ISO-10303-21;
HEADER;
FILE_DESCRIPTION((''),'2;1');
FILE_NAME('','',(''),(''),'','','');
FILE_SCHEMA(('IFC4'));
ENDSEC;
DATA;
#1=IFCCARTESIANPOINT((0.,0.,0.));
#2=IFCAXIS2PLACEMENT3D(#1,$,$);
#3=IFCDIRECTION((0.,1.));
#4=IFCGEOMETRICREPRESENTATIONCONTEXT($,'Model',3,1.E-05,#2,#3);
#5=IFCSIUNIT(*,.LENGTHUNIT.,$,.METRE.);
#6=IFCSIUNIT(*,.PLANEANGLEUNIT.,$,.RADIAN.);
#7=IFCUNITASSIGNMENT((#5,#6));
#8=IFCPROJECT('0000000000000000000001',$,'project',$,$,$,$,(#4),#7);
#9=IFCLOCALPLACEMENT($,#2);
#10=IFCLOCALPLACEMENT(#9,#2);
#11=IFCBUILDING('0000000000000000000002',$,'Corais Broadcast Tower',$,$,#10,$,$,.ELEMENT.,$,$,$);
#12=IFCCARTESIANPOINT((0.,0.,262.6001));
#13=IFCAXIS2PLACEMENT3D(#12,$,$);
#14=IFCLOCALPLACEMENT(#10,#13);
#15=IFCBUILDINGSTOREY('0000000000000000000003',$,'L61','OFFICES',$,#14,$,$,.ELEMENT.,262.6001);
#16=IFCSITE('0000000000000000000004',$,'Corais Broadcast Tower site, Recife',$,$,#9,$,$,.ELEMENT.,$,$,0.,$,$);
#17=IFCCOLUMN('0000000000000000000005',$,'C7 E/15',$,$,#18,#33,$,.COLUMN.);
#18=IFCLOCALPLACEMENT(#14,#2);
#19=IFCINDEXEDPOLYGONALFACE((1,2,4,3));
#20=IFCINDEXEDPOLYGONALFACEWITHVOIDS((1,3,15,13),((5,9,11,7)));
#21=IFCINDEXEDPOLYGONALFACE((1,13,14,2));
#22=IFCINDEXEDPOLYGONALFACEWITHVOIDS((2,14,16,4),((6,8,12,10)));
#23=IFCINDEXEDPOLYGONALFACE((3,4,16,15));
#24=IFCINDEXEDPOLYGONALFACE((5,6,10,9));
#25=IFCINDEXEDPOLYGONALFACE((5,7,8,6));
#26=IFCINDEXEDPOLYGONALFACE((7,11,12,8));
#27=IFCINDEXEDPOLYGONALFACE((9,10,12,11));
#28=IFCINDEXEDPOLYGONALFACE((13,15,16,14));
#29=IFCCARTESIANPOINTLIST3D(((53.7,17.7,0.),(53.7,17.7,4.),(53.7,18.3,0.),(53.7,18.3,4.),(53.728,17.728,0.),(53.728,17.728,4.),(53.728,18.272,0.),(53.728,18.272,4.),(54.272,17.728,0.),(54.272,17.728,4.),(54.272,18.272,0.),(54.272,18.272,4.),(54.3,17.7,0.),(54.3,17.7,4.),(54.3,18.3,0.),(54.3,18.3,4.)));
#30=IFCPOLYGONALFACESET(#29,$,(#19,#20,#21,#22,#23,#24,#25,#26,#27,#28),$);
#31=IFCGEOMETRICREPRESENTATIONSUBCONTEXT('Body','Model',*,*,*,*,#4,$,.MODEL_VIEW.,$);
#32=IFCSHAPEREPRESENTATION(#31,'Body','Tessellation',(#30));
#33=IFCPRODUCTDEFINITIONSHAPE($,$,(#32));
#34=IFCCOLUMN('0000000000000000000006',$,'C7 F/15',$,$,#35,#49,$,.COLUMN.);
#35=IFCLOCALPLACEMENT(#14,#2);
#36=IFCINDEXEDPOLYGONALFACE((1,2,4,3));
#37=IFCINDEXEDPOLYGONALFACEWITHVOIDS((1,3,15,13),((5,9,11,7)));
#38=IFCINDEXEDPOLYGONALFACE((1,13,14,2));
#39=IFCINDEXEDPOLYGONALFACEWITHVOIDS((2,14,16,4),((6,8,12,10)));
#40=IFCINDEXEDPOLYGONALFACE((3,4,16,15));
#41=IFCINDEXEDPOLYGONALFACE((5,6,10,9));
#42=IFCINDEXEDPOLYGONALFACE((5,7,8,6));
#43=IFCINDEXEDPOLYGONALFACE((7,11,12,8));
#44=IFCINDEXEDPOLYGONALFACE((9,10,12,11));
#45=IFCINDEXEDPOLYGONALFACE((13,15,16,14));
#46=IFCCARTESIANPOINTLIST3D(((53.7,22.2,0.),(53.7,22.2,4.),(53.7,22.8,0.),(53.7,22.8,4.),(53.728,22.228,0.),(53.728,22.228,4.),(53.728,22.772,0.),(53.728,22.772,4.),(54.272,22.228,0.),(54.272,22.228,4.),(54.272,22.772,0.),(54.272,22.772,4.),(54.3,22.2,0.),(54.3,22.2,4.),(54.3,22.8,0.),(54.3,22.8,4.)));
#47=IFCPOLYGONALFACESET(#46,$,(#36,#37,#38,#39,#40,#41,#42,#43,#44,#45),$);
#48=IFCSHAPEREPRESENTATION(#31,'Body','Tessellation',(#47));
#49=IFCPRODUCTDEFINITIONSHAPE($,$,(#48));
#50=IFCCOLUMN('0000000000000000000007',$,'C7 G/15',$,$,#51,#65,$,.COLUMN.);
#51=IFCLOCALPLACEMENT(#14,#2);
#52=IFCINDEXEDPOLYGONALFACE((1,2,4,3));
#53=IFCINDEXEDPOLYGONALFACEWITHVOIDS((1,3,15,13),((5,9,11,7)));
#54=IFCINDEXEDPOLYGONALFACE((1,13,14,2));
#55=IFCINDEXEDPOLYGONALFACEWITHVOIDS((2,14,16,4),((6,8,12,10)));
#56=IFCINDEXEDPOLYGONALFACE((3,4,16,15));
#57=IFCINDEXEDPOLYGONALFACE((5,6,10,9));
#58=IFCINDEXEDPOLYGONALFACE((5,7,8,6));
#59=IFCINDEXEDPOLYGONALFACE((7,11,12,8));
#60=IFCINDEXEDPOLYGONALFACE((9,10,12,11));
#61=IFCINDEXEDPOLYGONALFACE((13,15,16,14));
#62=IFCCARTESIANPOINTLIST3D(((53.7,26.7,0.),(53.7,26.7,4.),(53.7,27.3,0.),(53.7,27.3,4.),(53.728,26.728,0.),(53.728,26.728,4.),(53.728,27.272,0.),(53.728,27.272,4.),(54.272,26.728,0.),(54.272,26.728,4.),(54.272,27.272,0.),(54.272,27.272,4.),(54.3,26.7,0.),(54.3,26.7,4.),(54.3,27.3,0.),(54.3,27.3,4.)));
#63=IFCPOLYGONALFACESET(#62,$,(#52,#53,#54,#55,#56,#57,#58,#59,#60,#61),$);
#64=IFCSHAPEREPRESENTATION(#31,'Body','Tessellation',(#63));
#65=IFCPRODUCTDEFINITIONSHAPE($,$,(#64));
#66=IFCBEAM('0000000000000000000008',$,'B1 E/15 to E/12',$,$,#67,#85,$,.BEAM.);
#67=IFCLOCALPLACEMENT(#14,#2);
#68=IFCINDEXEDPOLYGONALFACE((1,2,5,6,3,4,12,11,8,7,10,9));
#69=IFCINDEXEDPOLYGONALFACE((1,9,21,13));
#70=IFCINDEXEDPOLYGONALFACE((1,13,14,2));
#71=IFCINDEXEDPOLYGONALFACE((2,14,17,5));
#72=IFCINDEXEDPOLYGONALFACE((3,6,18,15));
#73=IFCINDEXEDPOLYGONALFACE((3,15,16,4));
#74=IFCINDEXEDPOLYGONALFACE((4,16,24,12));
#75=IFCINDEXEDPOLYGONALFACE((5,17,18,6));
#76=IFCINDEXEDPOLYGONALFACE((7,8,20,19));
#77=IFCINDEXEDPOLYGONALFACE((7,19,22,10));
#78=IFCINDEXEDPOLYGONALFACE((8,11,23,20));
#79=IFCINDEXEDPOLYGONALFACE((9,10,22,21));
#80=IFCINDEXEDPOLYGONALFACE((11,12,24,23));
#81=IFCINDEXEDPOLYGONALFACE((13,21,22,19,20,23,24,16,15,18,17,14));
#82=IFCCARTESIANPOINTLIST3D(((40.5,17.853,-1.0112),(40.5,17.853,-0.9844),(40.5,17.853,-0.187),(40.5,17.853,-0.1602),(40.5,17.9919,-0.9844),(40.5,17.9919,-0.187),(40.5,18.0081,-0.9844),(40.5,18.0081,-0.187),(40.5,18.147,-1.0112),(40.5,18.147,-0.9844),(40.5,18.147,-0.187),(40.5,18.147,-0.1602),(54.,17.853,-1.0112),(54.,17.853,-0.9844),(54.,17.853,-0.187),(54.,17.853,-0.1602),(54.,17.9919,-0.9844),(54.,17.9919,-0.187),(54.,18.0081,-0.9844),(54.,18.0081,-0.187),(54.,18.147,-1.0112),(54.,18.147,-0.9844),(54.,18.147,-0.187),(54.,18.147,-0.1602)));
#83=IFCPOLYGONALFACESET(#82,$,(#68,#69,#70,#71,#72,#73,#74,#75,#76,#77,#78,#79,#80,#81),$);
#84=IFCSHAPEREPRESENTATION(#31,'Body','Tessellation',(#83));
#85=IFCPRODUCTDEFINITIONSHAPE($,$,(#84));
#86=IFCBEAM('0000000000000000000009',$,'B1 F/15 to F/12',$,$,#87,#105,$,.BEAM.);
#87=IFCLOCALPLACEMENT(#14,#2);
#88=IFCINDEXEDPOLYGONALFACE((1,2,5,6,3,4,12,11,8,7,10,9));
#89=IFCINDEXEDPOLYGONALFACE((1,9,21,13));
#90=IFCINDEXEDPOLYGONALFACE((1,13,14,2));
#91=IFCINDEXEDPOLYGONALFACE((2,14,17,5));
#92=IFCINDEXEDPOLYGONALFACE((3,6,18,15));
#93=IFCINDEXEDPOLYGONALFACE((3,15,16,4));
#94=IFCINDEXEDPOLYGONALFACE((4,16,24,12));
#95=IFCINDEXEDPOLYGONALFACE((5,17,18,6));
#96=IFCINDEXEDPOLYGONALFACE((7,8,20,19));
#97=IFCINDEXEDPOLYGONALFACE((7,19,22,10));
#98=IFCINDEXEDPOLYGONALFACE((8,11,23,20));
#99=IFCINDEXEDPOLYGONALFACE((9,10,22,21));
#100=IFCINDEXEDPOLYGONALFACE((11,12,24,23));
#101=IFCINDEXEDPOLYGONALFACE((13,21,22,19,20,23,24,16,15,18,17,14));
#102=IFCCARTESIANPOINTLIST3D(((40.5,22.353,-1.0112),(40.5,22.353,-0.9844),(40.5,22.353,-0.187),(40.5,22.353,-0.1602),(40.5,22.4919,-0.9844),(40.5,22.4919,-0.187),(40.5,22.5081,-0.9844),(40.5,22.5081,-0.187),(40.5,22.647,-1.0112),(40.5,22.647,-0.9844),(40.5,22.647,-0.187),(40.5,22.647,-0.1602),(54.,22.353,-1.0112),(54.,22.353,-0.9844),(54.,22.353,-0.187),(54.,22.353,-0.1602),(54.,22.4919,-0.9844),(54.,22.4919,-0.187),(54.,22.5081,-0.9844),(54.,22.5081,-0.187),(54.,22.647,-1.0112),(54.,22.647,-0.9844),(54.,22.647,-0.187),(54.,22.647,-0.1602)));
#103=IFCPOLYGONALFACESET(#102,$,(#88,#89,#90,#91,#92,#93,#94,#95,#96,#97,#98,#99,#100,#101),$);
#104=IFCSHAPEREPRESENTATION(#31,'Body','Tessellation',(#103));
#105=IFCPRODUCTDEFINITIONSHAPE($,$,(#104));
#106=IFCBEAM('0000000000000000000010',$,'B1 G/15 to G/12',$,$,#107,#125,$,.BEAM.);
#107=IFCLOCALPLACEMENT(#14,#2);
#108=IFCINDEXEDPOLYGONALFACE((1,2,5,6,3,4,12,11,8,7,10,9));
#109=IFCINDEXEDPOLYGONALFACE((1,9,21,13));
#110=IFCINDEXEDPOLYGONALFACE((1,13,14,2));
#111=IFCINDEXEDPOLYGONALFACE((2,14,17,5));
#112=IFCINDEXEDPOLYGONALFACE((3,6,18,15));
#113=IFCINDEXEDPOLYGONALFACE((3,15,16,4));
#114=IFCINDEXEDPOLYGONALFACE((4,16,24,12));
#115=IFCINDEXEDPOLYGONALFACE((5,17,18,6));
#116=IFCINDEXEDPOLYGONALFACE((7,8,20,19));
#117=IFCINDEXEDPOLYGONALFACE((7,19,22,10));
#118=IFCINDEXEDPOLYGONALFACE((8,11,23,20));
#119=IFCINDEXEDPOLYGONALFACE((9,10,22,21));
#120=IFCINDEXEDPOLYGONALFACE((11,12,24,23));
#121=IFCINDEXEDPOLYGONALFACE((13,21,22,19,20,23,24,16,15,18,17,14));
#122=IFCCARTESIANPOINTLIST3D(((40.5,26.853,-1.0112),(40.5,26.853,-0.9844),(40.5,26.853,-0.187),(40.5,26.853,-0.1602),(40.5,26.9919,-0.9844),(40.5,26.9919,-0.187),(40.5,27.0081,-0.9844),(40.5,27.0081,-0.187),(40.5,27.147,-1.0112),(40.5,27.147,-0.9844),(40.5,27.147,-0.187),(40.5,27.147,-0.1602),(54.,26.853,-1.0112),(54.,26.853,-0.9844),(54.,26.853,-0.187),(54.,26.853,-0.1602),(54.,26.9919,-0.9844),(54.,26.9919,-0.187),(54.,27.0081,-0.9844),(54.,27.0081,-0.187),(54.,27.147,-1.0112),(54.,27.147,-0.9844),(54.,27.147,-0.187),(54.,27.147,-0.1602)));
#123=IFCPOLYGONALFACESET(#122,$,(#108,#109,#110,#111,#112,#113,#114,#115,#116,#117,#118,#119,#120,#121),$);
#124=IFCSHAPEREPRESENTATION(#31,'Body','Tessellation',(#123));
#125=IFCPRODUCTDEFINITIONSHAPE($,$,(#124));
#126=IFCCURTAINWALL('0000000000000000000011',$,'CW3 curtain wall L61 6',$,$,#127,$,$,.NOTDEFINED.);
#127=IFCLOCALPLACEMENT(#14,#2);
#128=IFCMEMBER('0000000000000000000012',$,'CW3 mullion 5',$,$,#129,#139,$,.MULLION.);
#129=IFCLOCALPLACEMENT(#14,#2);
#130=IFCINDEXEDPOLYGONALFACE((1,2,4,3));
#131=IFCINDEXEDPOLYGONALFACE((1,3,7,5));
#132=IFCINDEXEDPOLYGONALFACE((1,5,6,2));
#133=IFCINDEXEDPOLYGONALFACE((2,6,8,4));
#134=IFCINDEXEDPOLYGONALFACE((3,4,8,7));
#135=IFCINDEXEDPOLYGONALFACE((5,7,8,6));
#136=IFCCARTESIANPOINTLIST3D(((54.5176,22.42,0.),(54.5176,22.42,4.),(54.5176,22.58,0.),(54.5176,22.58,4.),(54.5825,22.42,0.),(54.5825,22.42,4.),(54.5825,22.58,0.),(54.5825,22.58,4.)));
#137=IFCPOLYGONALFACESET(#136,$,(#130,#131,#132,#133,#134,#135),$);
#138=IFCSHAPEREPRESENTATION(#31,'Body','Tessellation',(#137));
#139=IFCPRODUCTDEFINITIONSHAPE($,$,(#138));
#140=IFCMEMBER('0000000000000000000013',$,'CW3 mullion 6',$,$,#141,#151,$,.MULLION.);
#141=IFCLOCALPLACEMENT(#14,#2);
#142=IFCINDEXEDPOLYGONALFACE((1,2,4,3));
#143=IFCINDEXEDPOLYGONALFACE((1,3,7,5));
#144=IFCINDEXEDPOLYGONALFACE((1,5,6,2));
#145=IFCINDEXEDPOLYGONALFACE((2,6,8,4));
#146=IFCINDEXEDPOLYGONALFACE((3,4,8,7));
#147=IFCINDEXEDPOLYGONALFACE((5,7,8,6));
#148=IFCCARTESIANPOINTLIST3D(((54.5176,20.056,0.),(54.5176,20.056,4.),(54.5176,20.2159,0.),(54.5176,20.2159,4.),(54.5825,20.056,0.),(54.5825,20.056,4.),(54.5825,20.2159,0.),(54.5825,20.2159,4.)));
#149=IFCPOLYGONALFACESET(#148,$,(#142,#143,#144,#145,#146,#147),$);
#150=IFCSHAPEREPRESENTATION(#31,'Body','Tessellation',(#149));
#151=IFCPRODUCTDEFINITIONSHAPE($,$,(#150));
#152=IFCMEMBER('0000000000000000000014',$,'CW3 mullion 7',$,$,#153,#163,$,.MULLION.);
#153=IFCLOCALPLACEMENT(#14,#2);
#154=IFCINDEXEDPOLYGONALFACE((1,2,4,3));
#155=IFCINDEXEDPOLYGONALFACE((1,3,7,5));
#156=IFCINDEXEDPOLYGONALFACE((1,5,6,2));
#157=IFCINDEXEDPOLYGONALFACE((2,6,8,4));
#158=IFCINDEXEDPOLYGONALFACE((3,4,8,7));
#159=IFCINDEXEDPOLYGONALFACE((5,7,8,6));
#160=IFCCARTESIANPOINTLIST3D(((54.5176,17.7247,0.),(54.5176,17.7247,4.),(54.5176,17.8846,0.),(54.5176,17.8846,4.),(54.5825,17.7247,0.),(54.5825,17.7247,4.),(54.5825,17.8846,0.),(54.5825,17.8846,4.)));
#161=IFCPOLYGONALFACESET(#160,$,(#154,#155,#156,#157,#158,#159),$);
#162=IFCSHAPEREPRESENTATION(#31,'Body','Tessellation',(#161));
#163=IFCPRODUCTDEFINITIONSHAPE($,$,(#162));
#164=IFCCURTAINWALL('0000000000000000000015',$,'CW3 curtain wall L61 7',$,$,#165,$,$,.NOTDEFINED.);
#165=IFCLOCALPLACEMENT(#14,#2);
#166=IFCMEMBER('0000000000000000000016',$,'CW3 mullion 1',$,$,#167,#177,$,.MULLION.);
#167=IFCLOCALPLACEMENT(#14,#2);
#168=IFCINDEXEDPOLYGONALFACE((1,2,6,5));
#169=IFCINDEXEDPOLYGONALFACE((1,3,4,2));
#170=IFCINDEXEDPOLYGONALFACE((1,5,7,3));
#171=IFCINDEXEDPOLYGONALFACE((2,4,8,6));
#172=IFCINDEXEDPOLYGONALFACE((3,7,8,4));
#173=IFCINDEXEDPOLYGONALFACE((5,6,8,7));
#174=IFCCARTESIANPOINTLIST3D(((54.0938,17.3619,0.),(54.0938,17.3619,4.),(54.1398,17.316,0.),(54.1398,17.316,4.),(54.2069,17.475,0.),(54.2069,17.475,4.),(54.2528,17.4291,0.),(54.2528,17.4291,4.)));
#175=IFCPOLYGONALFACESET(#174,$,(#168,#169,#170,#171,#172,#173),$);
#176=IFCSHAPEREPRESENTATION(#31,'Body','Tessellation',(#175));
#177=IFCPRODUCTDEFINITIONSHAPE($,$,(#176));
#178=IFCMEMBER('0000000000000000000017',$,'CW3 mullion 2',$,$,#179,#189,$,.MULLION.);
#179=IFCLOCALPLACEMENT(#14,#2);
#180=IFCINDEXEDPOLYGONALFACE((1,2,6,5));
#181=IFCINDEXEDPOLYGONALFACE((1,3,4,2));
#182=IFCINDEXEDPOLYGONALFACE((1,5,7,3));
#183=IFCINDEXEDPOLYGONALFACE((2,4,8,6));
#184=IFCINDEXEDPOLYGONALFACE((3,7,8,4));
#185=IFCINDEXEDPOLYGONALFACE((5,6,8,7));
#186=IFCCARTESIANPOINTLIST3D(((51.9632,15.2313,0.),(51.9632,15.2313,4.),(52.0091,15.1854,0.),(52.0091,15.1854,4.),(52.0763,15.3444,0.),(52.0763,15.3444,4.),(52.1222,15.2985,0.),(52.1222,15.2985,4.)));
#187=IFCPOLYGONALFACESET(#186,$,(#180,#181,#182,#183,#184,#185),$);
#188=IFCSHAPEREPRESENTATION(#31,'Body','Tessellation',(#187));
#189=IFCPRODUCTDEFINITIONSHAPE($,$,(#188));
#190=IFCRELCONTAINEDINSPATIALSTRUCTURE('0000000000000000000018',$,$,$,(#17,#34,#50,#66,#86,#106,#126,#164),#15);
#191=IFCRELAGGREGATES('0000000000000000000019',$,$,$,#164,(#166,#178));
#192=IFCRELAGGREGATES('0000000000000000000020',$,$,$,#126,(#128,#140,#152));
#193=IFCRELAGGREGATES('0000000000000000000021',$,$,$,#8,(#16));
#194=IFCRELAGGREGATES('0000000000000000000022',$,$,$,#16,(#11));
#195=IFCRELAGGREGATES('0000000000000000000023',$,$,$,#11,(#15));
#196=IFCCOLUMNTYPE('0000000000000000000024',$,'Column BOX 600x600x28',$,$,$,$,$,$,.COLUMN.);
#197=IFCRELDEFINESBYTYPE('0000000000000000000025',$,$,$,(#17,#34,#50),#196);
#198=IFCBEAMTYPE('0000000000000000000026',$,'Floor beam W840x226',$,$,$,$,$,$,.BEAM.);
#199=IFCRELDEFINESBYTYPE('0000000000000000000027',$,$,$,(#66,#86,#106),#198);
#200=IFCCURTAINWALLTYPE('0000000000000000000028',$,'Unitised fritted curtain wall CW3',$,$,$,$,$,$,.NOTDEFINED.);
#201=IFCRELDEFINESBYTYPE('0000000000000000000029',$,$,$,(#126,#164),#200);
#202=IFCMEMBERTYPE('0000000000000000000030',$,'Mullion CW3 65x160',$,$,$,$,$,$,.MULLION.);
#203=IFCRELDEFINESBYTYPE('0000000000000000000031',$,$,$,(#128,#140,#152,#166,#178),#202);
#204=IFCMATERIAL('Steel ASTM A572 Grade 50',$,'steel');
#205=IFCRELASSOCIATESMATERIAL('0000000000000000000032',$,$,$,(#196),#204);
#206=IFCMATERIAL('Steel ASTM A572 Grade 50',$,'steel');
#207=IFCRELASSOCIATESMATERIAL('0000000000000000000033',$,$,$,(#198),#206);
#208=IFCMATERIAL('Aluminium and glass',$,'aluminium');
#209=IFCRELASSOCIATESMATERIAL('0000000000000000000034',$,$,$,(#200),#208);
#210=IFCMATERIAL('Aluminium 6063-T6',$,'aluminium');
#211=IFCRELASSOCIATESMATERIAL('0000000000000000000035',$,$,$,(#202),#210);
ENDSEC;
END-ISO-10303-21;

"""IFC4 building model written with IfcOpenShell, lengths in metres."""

from ifc_helpers import new_model, si_unit, direction, frame, origin, origin_2d, place, context, subcontext, project, spatial, rectangle, hollow_rectangle, i_section, extrude, material, material_profile, profile_set, type_object, element, aggregate, save


model = new_model("IFC4")

# Units and contexts
model_context = context("Model", 3, precision=1e-05, world=origin(), true_north=direction((0.0, 1.0)))
body_context = subcontext(model_context, "Body", "Model", "MODEL_VIEW")
ifc_project = project(units=[si_unit("LENGTHUNIT", "METRE"), si_unit("PLANEANGLEUNIT", "RADIAN")], contexts=[model_context])

# Site, building, storey
site_placement = place(None, origin())
site = spatial("IfcSite", under=ifc_project, at=site_placement, Name="Corais Broadcast Tower site, Recife", CompositionType="ELEMENT", RefElevation=0.0)
building_placement = place(site_placement, origin())
building = spatial("IfcBuilding", under=site, at=building_placement, Name="Corais Broadcast Tower", CompositionType="ELEMENT")
storey_placement = place(building_placement, frame((0.0, 0.0, 262.6001)))
storey = spatial("IfcBuildingStorey", under=building, at=storey_placement, Name="L61", Description="OFFICES", CompositionType="ELEMENT", Elevation=262.6001)

# Columns
ifc_material_1 = material(Name="Steel ASTM A572 Grade 50", Category="steel")
ifc_material_profile_1 = material_profile(ifc_material_1, hollow_rectangle(XDim=0.6001, YDim=0.6001, WallThickness=0.0281, at=origin_2d()), Name="BOX 600x600x28")
ifc_profile_set_1 = profile_set([ifc_material_profile_1], Name="Steel ASTM A572 Grade 50")
column_type = type_object("IfcColumnType", Name="Column BOX 600x600x28", PredefinedType="COLUMN", material=ifc_profile_set_1)
for number, where, z_axis, x_axis, name in (
    (1, (54.0, 18.0, 0.0), (0.0, 0.0, 1.0), (1.0, 0.0, 0.0), "C7 E/15"),
    (2, (54.0, 22.5, 0.0), (0.0, 0.0, 1.0), (1.0, 0.0, 0.0), "C7 F/15"),
    (3, (54.0, 27.0, 0.0), (0.0, 0.0, 1.0), (1.0, 0.0, 0.0), "C7 G/15"),
):
    element("IfcColumn", number, at=place(storey_placement, frame(where, z_axis=z_axis, x_axis=x_axis)), inside=storey, type_object=column_type, Name=name, PredefinedType="COLUMN", context=body_context, shape_type="SweptSolid", body=[
        extrude(hollow_rectangle(XDim=0.6001, YDim=0.6001, WallThickness=0.0281, at=origin_2d()), origin(), (0.0, 0.0, 1.0), 4.0),
    ])

# Beams
ifc_material_2 = material(Name="Steel ASTM A572 Grade 50", Category="steel")
ifc_material_profile_2 = material_profile(ifc_material_2, i_section(OverallWidth=0.2939, OverallDepth=0.8511, WebThickness=0.0161, FlangeThickness=0.0269, at=origin_2d()), Name="W840x226")
ifc_profile_set_2 = profile_set([ifc_material_profile_2], Name="Steel ASTM A572 Grade 50")
beam_type_1 = type_object("IfcBeamType", Name="Floor beam W840x226", PredefinedType="BEAM", material=ifc_profile_set_2)
for number, where, z_axis, x_axis, name in (
    (4, (54.0, 18.0, -0.5857), (-1.0, 0.0, 0.0), (0.0, -1.0, 0.0), "B1 E/15 to E/12"),
    (5, (54.0, 22.5, -0.5857), (-1.0, 0.0, 0.0), (0.0, -1.0, 0.0), "B1 F/15 to F/12"),
    (6, (54.0, 27.0, -0.5857), (-1.0, 0.0, 0.0), (0.0, -1.0, 0.0), "B1 G/15 to G/12"),
):
    element("IfcBeam", number, at=place(storey_placement, frame(where, z_axis=z_axis, x_axis=x_axis)), inside=storey, type_object=beam_type_1, Name=name, PredefinedType="BEAM", context=body_context, shape_type="SweptSolid", body=[
        extrude(i_section(OverallWidth=0.2939, OverallDepth=0.8511, WebThickness=0.0161, FlangeThickness=0.0269, at=origin_2d()), origin(), (0.0, 0.0, 1.0), 13.5),
    ])

# Curtain walls, members
ifc_material_3 = material(Name="Aluminium and glass", Category="aluminium")
curtain_wall_type = type_object("IfcCurtainWallType", Name="Unitised fritted curtain wall CW3", PredefinedType="NOTDEFINED", material=ifc_material_3)
curtain_wall_1_placement = place(storey_placement, origin())
curtain_wall_1 = element("IfcCurtainWall", 7, at=curtain_wall_1_placement, inside=storey, type_object=curtain_wall_type, Name="CW3 curtain wall L61 6", PredefinedType="NOTDEFINED")
ifc_material_4 = material(Name="Aluminium 6063-T6", Category="aluminium")
ifc_material_profile_3 = material_profile(ifc_material_4, rectangle(XDim=0.0649, YDim=0.1599, at=origin_2d()), Name="Mullion CW3 65x160")
ifc_profile_set_3 = profile_set([ifc_material_profile_3], Name="Aluminium 6063-T6")
member_type_1 = type_object("IfcMemberType", Name="Mullion CW3 65x160", PredefinedType="MULLION", material=ifc_profile_set_3)
member_1_placement = place(storey_placement, frame((54.55, 22.5, 0.0), z_axis=(0.0, 0.0, 1.0), x_axis=(1.0, 0.0, 0.0)))
member_1 = element("IfcMember", 8, at=member_1_placement, type_object=member_type_1, Name="CW3 mullion 5", PredefinedType="MULLION", context=body_context, shape_type="SweptSolid", body=[
    extrude(rectangle(XDim=0.0649, YDim=0.1599, at=origin_2d()), origin(), (0.0, 0.0, 1.0), 4.0),
])
member_2_placement = place(storey_placement, frame((54.55, 20.136, 0.0), z_axis=(0.0, 0.0, 1.0), x_axis=(1.0, 0.0, 0.0)))
member_2 = element("IfcMember", 9, at=member_2_placement, type_object=member_type_1, Name="CW3 mullion 6", PredefinedType="MULLION", context=body_context, shape_type="SweptSolid", body=[
    extrude(rectangle(XDim=0.0649, YDim=0.1599, at=origin_2d()), origin(), (0.0, 0.0, 1.0), 4.0),
])
member_3_placement = place(storey_placement, frame((54.55, 17.8047, 0.0), z_axis=(0.0, 0.0, 1.0), x_axis=(1.0, 0.0, 0.0)))
member_3 = element("IfcMember", 10, at=member_3_placement, type_object=member_type_1, Name="CW3 mullion 7", PredefinedType="MULLION", context=body_context, shape_type="SweptSolid", body=[
    extrude(rectangle(XDim=0.0649, YDim=0.1599, at=origin_2d()), origin(), (0.0, 0.0, 1.0), 4.0),
])
curtain_wall_2_placement = place(storey_placement, origin())
curtain_wall_2 = element("IfcCurtainWall", 11, at=curtain_wall_2_placement, inside=storey, type_object=curtain_wall_type, Name="CW3 curtain wall L61 7", PredefinedType="NOTDEFINED")
member_4_placement = place(storey_placement, frame((54.1733, 17.3955, 0.0), z_axis=(0.0, 0.0, 1.0), x_axis=(0.707107, -0.707107, 0.0)))
member_4 = element("IfcMember", 12, at=member_4_placement, type_object=member_type_1, Name="CW3 mullion 1", PredefinedType="MULLION", context=body_context, shape_type="SweptSolid", body=[
    extrude(rectangle(XDim=0.0649, YDim=0.1599, at=origin_2d()), origin(), (0.0, 0.0, 1.0), 4.0),
])
member_5_placement = place(storey_placement, frame((52.0427, 15.2649, 0.0), z_axis=(0.0, 0.0, 1.0), x_axis=(0.707107, -0.707107, 0.0)))
member_5 = element("IfcMember", 13, at=member_5_placement, type_object=member_type_1, Name="CW3 mullion 2", PredefinedType="MULLION", context=body_context, shape_type="SweptSolid", body=[
    extrude(rectangle(XDim=0.0649, YDim=0.1599, at=origin_2d()), origin(), (0.0, 0.0, 1.0), 4.0),
])

aggregate(curtain_wall_2, [member_4, member_5])
aggregate(curtain_wall_1, [member_1, member_2, member_3])

save(model, "model.ifc")
